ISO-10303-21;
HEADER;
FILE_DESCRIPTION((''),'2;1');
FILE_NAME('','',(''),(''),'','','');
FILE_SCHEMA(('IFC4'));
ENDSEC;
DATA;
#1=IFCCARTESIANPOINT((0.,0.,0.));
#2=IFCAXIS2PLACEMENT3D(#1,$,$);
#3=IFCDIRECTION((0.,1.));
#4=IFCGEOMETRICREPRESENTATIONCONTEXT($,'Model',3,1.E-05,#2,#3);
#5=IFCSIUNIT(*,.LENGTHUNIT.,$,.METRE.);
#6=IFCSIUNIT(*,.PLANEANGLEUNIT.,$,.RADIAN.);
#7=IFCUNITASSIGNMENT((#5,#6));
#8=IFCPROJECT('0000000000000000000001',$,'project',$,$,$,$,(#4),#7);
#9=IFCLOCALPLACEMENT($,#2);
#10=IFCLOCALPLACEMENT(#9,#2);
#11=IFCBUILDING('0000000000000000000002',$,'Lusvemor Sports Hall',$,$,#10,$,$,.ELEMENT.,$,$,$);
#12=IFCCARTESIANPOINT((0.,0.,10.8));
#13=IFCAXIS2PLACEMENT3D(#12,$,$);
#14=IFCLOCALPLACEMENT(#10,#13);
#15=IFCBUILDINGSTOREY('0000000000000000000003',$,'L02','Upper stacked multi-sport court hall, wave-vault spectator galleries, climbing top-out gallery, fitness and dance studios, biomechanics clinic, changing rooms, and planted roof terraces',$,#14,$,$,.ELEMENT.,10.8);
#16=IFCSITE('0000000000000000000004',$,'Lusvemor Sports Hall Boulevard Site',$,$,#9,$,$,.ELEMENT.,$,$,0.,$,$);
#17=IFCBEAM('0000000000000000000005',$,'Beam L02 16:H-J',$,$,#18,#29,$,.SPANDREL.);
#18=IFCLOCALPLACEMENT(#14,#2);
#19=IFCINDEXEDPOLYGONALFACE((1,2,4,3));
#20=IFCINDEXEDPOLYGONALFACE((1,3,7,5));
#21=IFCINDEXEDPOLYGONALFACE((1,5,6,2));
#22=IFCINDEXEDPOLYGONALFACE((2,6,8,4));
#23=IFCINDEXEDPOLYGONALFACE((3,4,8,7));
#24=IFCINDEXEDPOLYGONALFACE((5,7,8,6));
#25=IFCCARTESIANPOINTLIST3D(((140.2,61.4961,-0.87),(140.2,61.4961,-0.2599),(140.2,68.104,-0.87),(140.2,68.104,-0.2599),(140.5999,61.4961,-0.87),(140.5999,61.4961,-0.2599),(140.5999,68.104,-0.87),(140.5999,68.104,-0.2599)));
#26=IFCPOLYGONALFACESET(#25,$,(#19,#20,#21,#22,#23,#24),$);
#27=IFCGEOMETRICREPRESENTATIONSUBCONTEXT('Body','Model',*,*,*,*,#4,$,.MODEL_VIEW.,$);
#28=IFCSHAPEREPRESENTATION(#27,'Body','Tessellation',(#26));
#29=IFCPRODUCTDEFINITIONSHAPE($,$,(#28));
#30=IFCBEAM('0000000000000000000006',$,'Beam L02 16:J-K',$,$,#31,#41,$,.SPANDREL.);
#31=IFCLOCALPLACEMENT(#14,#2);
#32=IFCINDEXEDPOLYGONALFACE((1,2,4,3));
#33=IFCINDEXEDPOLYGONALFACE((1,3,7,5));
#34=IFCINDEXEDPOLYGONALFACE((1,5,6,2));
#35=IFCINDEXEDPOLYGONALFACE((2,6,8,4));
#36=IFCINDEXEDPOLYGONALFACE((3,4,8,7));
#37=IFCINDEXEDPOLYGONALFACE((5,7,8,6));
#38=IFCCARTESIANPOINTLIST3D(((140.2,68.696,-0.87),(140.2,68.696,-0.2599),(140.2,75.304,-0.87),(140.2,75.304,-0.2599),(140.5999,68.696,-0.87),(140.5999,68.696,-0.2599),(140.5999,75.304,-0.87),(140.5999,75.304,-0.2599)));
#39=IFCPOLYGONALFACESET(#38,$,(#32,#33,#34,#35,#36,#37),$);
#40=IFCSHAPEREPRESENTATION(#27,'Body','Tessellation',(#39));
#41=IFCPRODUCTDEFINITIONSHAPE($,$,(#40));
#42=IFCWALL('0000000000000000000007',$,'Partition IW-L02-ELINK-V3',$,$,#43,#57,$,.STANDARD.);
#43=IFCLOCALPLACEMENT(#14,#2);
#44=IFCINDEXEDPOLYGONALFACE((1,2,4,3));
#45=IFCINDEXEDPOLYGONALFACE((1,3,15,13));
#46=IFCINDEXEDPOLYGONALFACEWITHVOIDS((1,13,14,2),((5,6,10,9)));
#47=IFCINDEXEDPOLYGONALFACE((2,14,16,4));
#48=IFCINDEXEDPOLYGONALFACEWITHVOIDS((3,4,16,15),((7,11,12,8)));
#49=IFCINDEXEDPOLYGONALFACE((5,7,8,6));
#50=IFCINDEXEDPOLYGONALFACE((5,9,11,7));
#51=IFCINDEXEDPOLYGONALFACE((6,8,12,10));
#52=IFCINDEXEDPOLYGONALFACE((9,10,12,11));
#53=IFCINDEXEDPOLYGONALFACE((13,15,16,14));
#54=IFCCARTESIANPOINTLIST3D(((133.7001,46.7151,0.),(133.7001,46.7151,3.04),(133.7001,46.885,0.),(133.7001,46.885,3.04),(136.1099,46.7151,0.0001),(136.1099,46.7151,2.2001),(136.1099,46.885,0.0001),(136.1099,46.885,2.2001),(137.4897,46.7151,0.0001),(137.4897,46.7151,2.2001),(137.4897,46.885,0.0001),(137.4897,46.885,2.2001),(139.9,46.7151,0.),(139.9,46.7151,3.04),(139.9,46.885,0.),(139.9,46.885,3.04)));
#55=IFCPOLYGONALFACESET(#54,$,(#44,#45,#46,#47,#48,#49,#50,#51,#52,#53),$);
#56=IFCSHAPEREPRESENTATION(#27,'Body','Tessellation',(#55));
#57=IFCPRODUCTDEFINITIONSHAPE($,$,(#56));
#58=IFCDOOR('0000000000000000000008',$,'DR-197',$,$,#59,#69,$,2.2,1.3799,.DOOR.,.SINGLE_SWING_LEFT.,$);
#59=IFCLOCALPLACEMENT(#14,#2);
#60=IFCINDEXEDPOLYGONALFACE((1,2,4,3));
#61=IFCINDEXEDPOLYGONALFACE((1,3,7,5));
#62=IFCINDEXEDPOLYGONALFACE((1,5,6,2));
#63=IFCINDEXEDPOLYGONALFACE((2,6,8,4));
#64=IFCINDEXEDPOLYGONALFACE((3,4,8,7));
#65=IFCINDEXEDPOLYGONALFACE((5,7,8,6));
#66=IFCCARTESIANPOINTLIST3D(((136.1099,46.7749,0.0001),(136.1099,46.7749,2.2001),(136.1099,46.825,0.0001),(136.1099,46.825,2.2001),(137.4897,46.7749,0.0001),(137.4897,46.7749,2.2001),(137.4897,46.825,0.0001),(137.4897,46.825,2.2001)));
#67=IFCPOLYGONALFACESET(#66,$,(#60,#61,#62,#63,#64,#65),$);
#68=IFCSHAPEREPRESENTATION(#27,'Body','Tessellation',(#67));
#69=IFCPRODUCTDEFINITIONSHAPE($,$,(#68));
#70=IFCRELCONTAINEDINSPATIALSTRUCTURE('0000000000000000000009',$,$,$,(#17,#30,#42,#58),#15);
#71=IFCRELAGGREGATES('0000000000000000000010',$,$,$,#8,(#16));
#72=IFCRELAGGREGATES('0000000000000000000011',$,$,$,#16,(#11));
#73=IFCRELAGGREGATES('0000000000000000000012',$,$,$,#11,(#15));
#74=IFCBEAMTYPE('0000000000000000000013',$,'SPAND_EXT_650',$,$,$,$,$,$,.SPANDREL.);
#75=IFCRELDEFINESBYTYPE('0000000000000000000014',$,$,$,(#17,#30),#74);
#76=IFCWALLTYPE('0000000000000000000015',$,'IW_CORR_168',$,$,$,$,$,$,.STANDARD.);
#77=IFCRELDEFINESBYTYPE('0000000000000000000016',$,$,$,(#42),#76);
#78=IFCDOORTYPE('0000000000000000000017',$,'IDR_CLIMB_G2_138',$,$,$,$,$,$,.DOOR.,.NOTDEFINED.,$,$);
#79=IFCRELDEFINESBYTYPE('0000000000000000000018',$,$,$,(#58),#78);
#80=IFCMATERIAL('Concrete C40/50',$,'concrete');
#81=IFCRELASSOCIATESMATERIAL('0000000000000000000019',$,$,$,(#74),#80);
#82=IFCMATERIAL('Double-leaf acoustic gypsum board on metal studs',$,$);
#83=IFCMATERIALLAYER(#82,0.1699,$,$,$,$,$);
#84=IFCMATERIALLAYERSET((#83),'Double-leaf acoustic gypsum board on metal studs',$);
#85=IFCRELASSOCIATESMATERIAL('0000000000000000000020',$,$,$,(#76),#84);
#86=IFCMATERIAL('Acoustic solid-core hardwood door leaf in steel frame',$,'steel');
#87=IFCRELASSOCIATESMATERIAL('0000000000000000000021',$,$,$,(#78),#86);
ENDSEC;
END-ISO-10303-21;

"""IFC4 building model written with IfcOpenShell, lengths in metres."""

from ifc_helpers import new_model, si_unit, direction, frame, frame_2d, origin, origin_2d, place, context, subcontext, project, spatial, rectangle, extrude, material, layer, layer_set, material_profile, profile_set, type_object, element, fill, save


model = new_model("IFC4")

# Units and contexts
model_context = context("Model", 3, precision=1e-05, world=origin(), true_north=direction((0.0, 1.0)))
body_context = subcontext(model_context, "Body", "Model", "MODEL_VIEW")
ifc_project = project(units=[si_unit("LENGTHUNIT", "METRE"), si_unit("PLANEANGLEUNIT", "RADIAN")], contexts=[model_context])

# Site, building, storey
site_placement = place(None, origin())
site = spatial("IfcSite", under=ifc_project, at=site_placement, Name="Lusvemor Sports Hall Boulevard Site", CompositionType="ELEMENT", RefElevation=0.0)
building_placement = place(site_placement, origin())
building = spatial("IfcBuilding", under=site, at=building_placement, Name="Lusvemor Sports Hall", CompositionType="ELEMENT")
storey_placement = place(building_placement, frame((0.0, 0.0, 10.8)))
storey = spatial("IfcBuildingStorey", under=building, at=storey_placement, Name="L02", Description="Upper stacked multi-sport court hall, wave-vault spectator galleries, climbing top-out gallery, fitness and dance studios, biomechanics clinic, changing rooms, and planted roof terraces", CompositionType="ELEMENT", Elevation=10.8)

# Beams
ifc_material_1 = material(Name="Concrete C40/50", Category="concrete")
ifc_material_profile_1 = material_profile(ifc_material_1, rectangle(XDim=0.3999, YDim=0.6101, at=origin_2d()), Name="RC400x610")
ifc_profile_set_1 = profile_set([ifc_material_profile_1], Name="Concrete C40/50")
beam_type_1 = type_object("IfcBeamType", Name="SPAND_EXT_650", PredefinedType="SPANDREL", material=ifc_profile_set_1)
for number, where, z_axis, x_axis, name in (
    (1, (140.3999, 61.4961, -0.5649), (0.0, 1.0, 0.0), (-1.0, 0.0, 0.0), "Beam L02 16:H-J"),
    (2, (140.3999, 68.696, -0.5649), (0.0, 1.0, 0.0), (-1.0, 0.0, 0.0), "Beam L02 16:J-K"),
):
    element("IfcBeam", number, at=place(storey_placement, frame(where, z_axis=z_axis, x_axis=x_axis)), inside=storey, type_object=beam_type_1, Name=name, PredefinedType="SPANDREL", context=body_context, shape_type="SweptSolid", body=[
        extrude(rectangle(XDim=0.3999, YDim=0.6101, at=origin_2d()), origin(), (0.0, 0.0, 1.0), 6.6079),
    ])

# Wall, opening, door
ifc_material_2 = material(Name="Double-leaf acoustic gypsum board on metal studs")
ifc_layer = layer(ifc_material_2, 0.1699)
ifc_layer_set = layer_set([ifc_layer], Name="Double-leaf acoustic gypsum board on metal studs")
wall_type = type_object("IfcWallType", Name="IW_CORR_168", PredefinedType="STANDARD", material=ifc_layer_set)
wall_placement = place(storey_placement, frame((133.7, 46.8, 0.0), z_axis=(0.0, 0.0, 1.0), x_axis=(1.0, 0.0, 0.0)))
wall = element("IfcWall", 3, at=wall_placement, inside=storey, type_object=wall_type, Name="Partition IW-L02-ELINK-V3", PredefinedType="STANDARD", context=body_context, shape_type="SweptSolid", body=[
    extrude(rectangle(XDim=6.2, YDim=0.1699, at=frame_2d((3.1001, 0.0))), origin(), (0.0, 0.0, 1.0), 3.04),
])
opening_placement = place(wall_placement, frame((2.4099, 0.0, 0.0)))
opening = element("IfcOpeningElement", 4, at=opening_placement, cuts=wall, PredefinedType="OPENING", context=body_context, shape_type="SweptSolid", body=[
    extrude(rectangle(XDim=1.3799, YDim=2.2, at=frame_2d((0.6899, 1.1001))), frame((0.0, 0.085, 0.0), z_axis=(0.0, -1.0, 0.0), x_axis=(1.0, 0.0, 0.0)), (0.0, 0.0, 1.0), 0.1699),
])
ifc_material_3 = material(Name="Acoustic solid-core hardwood door leaf in steel frame", Category="steel")
door_type = type_object("IfcDoorType", Name="IDR_CLIMB_G2_138", OperationType="NOTDEFINED", PredefinedType="DOOR", material=ifc_material_3)
door_placement = place(opening_placement, origin())
door = element("IfcDoor", 5, at=door_placement, inside=storey, type_object=door_type, Name="DR-197", OperationType="SINGLE_SWING_LEFT", OverallHeight=2.2, OverallWidth=1.3799, PredefinedType="DOOR", context=body_context, shape_type="SweptSolid", body=[
    extrude(rectangle(XDim=1.3799, YDim=2.2, at=frame_2d((0.6899, 1.1001))), frame((0.0, 0.0249, 0.0), z_axis=(0.0, -1.0, 0.0), x_axis=(1.0, 0.0, 0.0)), (0.0, 0.0, 1.0), 0.05),
])
fill(opening, door)

save(model, "model.ifc")
